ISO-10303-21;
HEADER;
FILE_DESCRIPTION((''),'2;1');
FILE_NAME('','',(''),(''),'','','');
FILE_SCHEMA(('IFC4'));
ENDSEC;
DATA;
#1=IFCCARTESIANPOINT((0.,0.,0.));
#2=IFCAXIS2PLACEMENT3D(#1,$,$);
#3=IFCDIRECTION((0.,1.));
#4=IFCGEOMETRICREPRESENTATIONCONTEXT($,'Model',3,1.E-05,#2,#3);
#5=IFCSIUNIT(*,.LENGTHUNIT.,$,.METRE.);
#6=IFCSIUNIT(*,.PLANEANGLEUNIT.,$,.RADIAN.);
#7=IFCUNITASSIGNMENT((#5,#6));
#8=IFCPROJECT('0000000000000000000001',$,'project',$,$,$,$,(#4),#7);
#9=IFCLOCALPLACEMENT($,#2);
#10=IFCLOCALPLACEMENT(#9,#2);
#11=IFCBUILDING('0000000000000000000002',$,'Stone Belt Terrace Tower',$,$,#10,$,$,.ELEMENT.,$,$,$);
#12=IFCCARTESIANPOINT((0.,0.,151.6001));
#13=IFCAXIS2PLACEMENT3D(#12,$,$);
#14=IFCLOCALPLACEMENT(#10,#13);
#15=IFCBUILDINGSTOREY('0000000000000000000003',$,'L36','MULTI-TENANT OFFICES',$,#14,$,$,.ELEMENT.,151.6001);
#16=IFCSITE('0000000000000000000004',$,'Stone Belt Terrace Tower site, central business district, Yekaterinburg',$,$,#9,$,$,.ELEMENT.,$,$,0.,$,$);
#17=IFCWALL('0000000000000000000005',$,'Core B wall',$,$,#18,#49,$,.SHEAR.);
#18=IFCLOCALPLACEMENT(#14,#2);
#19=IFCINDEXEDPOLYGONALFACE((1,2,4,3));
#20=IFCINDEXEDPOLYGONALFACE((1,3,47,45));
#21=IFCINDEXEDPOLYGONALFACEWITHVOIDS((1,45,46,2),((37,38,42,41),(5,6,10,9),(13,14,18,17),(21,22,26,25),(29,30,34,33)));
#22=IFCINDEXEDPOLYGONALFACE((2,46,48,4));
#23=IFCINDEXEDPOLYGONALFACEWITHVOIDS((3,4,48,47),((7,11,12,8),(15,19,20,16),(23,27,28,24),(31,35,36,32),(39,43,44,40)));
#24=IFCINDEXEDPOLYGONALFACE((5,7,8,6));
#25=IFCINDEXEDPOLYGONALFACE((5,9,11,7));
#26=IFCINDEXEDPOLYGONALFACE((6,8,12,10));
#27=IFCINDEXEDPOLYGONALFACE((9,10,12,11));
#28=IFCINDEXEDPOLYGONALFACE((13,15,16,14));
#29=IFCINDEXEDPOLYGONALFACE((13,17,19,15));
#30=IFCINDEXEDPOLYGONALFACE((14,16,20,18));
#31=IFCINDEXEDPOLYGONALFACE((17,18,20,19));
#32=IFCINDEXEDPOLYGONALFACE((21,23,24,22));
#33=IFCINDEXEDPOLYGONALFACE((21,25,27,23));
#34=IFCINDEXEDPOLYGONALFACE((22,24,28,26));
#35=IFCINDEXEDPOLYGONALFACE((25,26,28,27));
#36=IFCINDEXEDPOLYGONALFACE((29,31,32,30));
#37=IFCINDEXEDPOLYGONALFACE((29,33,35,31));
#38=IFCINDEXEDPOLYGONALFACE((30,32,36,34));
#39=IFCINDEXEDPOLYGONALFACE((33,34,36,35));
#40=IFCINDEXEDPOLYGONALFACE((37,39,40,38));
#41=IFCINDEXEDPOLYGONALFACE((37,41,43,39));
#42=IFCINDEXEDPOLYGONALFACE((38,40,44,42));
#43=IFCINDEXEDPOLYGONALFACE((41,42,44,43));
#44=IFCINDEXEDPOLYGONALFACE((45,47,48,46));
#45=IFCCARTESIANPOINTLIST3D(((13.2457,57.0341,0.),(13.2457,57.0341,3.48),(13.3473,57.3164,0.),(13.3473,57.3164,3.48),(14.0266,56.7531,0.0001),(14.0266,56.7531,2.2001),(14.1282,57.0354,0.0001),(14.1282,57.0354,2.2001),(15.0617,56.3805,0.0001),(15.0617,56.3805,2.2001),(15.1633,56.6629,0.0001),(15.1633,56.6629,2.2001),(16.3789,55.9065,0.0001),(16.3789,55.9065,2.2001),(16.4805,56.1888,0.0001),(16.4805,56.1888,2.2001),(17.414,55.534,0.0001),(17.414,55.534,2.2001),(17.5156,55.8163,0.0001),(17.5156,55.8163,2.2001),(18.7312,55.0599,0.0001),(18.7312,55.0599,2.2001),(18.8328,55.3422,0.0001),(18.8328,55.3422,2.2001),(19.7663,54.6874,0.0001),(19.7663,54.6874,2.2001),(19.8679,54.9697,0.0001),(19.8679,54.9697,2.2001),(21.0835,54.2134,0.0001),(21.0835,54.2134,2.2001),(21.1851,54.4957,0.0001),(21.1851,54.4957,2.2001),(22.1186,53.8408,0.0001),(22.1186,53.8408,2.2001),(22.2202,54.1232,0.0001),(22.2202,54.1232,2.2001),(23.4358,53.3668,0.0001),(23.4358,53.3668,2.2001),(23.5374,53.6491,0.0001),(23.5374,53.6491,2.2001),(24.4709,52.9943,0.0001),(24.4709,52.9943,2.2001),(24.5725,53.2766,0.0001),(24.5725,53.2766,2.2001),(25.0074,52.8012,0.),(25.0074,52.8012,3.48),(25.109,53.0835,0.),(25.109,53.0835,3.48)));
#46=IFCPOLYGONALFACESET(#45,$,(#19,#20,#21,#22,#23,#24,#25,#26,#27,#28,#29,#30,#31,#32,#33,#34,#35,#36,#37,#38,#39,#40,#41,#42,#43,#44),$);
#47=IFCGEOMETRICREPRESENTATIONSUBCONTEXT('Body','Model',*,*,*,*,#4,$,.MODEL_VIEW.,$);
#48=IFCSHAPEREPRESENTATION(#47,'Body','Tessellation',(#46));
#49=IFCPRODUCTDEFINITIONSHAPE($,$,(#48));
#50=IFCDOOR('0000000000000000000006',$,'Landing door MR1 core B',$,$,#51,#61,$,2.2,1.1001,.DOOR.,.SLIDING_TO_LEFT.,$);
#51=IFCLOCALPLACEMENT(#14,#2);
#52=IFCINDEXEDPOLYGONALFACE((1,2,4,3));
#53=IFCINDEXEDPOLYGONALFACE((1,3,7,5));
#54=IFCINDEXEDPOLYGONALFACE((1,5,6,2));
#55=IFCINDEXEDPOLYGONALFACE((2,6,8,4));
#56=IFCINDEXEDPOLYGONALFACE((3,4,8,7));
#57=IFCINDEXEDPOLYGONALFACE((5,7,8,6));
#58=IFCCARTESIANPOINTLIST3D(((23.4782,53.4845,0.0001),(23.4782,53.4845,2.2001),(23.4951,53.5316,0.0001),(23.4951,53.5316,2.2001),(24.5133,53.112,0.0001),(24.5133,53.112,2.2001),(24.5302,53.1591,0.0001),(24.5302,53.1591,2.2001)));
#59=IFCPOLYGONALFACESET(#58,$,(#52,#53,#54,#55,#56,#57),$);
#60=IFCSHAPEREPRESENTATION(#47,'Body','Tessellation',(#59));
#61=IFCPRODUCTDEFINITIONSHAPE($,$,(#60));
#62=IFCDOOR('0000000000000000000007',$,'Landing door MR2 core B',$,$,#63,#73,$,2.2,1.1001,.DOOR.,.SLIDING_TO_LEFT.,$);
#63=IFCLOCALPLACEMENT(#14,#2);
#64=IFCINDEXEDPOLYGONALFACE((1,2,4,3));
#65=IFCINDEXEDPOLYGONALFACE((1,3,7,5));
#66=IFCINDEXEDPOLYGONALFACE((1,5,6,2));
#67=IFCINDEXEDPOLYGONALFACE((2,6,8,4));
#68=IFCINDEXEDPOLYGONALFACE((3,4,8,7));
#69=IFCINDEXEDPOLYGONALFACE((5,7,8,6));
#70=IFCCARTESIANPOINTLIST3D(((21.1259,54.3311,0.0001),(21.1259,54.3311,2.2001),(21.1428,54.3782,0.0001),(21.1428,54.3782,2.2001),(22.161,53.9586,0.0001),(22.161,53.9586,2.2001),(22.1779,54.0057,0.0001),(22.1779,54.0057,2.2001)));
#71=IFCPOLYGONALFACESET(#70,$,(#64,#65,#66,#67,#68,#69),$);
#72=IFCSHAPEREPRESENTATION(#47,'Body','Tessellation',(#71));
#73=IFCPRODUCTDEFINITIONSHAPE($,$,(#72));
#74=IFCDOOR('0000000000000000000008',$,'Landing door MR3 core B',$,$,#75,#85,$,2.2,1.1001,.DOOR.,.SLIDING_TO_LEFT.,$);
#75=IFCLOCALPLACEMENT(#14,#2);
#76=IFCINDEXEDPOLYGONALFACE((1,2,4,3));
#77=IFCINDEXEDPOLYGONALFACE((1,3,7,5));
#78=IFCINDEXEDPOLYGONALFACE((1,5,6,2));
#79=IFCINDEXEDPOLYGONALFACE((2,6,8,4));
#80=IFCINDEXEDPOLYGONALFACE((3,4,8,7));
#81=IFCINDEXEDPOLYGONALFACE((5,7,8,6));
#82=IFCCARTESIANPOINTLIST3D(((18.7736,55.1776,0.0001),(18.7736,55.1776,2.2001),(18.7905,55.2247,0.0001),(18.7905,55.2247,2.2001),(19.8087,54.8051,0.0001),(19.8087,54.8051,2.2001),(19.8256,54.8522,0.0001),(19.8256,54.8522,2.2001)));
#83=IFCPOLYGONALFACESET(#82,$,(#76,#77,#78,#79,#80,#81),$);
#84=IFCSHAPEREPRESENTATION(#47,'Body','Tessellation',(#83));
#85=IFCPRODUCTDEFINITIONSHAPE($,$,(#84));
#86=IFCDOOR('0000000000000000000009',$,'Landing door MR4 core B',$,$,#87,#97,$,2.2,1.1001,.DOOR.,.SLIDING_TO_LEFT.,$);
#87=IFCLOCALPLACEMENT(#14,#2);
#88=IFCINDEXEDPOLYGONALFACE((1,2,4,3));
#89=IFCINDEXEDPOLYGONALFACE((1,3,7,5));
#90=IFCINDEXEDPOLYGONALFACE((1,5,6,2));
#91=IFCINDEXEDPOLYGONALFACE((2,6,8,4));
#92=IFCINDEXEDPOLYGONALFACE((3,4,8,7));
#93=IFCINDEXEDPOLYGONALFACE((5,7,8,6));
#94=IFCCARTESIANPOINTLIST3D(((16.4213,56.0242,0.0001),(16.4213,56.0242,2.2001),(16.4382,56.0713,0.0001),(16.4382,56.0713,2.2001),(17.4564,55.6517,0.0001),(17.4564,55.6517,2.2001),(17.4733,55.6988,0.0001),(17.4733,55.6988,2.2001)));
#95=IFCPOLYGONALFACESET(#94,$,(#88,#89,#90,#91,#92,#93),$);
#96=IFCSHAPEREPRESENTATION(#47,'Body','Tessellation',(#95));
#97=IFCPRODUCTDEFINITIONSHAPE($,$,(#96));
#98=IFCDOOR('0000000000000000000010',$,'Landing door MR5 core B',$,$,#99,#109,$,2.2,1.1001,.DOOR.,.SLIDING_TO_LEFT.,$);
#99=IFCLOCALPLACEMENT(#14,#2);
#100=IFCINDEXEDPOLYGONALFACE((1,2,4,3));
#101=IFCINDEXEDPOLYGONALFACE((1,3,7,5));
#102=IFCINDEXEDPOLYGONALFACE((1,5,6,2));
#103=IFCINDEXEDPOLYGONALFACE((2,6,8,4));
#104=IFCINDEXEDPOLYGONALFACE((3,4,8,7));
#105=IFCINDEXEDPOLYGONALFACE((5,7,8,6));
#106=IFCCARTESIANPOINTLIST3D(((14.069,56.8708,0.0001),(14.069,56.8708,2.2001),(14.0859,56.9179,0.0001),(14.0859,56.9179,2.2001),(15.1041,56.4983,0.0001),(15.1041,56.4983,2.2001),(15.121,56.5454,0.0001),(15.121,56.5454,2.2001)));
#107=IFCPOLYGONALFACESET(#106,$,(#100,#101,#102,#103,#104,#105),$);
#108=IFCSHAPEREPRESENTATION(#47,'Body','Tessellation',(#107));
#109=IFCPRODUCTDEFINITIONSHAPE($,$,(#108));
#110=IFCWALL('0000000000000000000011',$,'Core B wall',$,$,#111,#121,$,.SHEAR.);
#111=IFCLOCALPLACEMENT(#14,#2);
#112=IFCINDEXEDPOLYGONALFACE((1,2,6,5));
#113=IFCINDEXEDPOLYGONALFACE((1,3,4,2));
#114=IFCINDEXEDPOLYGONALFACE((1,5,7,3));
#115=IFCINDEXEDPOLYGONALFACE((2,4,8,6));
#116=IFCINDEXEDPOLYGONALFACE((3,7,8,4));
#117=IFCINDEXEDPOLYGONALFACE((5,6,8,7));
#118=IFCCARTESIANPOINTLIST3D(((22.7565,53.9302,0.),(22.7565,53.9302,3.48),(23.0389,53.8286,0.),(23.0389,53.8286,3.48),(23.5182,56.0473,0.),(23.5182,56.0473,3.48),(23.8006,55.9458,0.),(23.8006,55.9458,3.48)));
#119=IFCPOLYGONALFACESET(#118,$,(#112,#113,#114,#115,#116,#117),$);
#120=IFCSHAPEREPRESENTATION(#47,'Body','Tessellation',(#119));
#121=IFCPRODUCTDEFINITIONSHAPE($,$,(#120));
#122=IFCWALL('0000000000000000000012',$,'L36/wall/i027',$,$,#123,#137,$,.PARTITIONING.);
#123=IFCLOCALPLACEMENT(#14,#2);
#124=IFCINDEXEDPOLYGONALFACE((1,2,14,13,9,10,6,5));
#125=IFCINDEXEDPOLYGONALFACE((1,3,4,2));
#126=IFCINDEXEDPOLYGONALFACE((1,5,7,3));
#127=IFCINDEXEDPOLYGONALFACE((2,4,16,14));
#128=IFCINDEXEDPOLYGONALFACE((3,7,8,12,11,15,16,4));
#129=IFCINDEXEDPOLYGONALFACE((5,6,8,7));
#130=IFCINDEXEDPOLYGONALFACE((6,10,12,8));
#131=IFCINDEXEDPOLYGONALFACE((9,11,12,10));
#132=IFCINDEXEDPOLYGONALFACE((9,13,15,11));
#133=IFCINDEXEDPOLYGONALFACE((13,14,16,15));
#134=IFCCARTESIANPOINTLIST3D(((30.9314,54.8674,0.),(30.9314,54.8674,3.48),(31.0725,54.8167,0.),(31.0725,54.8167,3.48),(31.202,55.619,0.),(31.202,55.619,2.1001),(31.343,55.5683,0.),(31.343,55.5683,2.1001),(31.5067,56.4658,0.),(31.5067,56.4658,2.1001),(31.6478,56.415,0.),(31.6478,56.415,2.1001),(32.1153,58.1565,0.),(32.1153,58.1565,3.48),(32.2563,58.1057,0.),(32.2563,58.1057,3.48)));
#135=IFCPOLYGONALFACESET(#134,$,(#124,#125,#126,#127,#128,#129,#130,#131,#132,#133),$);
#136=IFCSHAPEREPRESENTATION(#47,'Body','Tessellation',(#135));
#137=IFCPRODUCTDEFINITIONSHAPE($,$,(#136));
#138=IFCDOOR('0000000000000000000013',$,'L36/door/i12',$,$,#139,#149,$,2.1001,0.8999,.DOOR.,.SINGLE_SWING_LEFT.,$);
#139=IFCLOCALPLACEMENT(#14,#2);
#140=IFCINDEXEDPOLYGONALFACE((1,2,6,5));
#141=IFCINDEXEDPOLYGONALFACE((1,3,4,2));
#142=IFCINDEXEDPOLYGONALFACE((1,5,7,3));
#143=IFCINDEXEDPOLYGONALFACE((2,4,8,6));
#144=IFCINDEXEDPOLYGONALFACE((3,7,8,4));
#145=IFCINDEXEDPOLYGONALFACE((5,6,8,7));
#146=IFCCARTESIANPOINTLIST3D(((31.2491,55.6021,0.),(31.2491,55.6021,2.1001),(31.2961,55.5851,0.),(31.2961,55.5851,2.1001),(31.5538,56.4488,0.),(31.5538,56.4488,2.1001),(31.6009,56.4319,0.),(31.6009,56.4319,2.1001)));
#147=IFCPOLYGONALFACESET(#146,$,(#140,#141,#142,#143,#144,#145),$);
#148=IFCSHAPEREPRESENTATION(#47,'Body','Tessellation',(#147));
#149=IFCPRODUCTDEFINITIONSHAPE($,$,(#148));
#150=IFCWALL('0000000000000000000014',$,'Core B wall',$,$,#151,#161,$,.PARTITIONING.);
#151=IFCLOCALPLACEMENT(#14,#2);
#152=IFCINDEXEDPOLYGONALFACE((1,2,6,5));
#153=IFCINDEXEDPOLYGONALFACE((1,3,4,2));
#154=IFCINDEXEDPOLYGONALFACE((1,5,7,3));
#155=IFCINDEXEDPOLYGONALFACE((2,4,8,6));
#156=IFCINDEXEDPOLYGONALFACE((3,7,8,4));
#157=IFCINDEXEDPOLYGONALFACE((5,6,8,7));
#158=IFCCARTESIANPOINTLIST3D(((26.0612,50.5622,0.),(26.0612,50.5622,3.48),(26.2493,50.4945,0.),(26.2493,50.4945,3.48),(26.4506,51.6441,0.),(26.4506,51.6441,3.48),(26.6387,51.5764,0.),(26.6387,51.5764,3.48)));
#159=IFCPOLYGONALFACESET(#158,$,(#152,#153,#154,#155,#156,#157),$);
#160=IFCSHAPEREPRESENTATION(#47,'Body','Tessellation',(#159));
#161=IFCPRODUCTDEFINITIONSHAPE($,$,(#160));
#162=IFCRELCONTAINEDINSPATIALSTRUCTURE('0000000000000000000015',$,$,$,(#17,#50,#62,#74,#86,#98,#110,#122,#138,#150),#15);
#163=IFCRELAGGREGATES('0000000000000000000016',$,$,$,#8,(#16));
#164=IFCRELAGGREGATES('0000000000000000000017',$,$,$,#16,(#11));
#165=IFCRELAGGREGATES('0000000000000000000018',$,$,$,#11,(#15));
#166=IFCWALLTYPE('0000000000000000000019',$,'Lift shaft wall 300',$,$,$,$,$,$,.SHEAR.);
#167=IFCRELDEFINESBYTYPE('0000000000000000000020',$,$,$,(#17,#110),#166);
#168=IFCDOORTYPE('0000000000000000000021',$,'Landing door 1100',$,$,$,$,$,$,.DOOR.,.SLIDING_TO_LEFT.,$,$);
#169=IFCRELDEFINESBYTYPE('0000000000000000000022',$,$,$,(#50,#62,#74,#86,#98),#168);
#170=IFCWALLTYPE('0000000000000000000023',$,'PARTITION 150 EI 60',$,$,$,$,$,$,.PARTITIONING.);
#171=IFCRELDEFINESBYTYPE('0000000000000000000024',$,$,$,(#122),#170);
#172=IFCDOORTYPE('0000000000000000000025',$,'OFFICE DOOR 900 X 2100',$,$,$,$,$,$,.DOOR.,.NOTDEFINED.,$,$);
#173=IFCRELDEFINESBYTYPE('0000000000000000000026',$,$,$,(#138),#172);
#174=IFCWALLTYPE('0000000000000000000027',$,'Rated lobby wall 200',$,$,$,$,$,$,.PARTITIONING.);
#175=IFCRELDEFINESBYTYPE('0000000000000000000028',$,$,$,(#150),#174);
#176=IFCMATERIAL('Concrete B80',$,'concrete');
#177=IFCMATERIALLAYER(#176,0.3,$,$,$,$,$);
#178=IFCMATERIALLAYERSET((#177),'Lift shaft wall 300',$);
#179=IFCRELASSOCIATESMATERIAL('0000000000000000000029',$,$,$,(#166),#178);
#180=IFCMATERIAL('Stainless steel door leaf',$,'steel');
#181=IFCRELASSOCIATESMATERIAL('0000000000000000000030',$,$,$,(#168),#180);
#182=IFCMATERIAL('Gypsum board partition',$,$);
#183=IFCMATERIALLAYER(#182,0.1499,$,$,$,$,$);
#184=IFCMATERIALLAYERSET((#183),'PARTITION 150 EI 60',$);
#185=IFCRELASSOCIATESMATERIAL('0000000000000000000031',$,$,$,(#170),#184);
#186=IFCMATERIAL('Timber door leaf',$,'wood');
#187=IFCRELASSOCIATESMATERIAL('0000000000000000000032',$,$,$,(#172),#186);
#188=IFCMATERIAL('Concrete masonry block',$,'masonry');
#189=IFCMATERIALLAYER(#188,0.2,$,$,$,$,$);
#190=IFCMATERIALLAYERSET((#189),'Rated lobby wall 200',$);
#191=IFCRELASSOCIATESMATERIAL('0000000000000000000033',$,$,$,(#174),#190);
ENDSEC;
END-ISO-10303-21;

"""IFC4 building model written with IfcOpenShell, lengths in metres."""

from ifc_helpers import new_model, si_unit, direction, frame, frame_2d, origin, place, context, subcontext, project, spatial, rectangle, extrude, material, layer, layer_set, type_object, element, fill, save


model = new_model("IFC4")

# Units and contexts
model_context = context("Model", 3, precision=1e-05, world=origin(), true_north=direction((0.0, 1.0)))
body_context = subcontext(model_context, "Body", "Model", "MODEL_VIEW")
ifc_project = project(units=[si_unit("LENGTHUNIT", "METRE"), si_unit("PLANEANGLEUNIT", "RADIAN")], contexts=[model_context])

# Site, building, storey
site_placement = place(None, origin())
site = spatial("IfcSite", under=ifc_project, at=site_placement, Name="Stone Belt Terrace Tower site, central business district, Yekaterinburg", CompositionType="ELEMENT", RefElevation=0.0)
building_placement = place(site_placement, origin())
building = spatial("IfcBuilding", under=site, at=building_placement, Name="Stone Belt Terrace Tower", CompositionType="ELEMENT")
storey_placement = place(building_placement, frame((0.0, 0.0, 151.6001)))
storey = spatial("IfcBuildingStorey", under=building, at=storey_placement, Name="L36", Description="MULTI-TENANT OFFICES", CompositionType="ELEMENT", Elevation=151.6001)

# Shared definitions
ifc_material_1 = material(Name="Concrete B80", Category="concrete")

# Shared definitions
ifc_material_2 = material(Name="Timber door leaf", Category="wood")
ifc_layer_1 = layer(ifc_material_1, 0.3)
ifc_layer_set_1 = layer_set([ifc_layer_1], Name="Lift shaft wall 300")
wall_type_1 = type_object("IfcWallType", Name="Lift shaft wall 300", PredefinedType="SHEAR", material=ifc_layer_set_1)
ifc_material_3 = material(Name="Stainless steel door leaf", Category="steel")

# Wall, openings, doors
wall_1_placement = place(storey_placement, frame((25.0581, 52.9424, 0.0), z_axis=(0.0, 0.0, 1.0), x_axis=(-0.940921, 0.338627, 0.0)))
wall_1 = element("IfcWall", 1, at=wall_1_placement, inside=storey, type_object=wall_type_1, Name="Core B wall", PredefinedType="SHEAR", context=body_context, shape_type="SweptSolid", body=[
    extrude(rectangle(XDim=12.5002, YDim=0.3, at=frame_2d((6.25, 0.0))), origin(), (0.0, 0.0, 1.0), 3.48),
])
opening_1_placement = place(wall_1_placement, frame((0.5701, 0.0, 0.0)))
opening_1 = element("IfcOpeningElement", 2, at=opening_1_placement, cuts=wall_1, PredefinedType="OPENING", context=body_context, shape_type="SweptSolid", body=[
    extrude(rectangle(XDim=1.1001, YDim=2.2, at=frame_2d((0.55, 1.1001))), frame((0.0, 0.1599, 0.0), z_axis=(0.0, -1.0, 0.0), x_axis=(1.0, 0.0, 0.0)), (0.0, 0.0, 1.0), 0.3201),
])
opening_2_placement = place(wall_1_placement, frame((3.0701, 0.0, 0.0)))
opening_2 = element("IfcOpeningElement", 3, at=opening_2_placement, cuts=wall_1, PredefinedType="OPENING", context=body_context, shape_type="SweptSolid", body=[
    extrude(rectangle(XDim=1.1001, YDim=2.2, at=frame_2d((0.55, 1.1001))), frame((0.0, 0.1599, 0.0), z_axis=(0.0, -1.0, 0.0), x_axis=(1.0, 0.0, 0.0)), (0.0, 0.0, 1.0), 0.3201),
])
opening_3_placement = place(wall_1_placement, frame((5.5701, 0.0, 0.0)))
opening_3 = element("IfcOpeningElement", 4, at=opening_3_placement, cuts=wall_1, PredefinedType="OPENING", context=body_context, shape_type="SweptSolid", body=[
    extrude(rectangle(XDim=1.1001, YDim=2.2, at=frame_2d((0.55, 1.1001))), frame((0.0, 0.1599, 0.0), z_axis=(0.0, -1.0, 0.0), x_axis=(1.0, 0.0, 0.0)), (0.0, 0.0, 1.0), 0.3201),
])
opening_4_placement = place(wall_1_placement, frame((8.0701, 0.0, 0.0)))
opening_4 = element("IfcOpeningElement", 5, at=opening_4_placement, cuts=wall_1, PredefinedType="OPENING", context=body_context, shape_type="SweptSolid", body=[
    extrude(rectangle(XDim=1.1001, YDim=2.2, at=frame_2d((0.55, 1.1001))), frame((0.0, 0.1599, 0.0), z_axis=(0.0, -1.0, 0.0), x_axis=(1.0, 0.0, 0.0)), (0.0, 0.0, 1.0), 0.3201),
])
opening_5_placement = place(wall_1_placement, frame((10.5701, 0.0, 0.0)))
opening_5 = element("IfcOpeningElement", 6, at=opening_5_placement, cuts=wall_1, PredefinedType="OPENING", context=body_context, shape_type="SweptSolid", body=[
    extrude(rectangle(XDim=1.1001, YDim=2.2, at=frame_2d((0.55, 1.1001))), frame((0.0, 0.1599, 0.0), z_axis=(0.0, -1.0, 0.0), x_axis=(1.0, 0.0, 0.0)), (0.0, 0.0, 1.0), 0.3201),
])
door_type_1 = type_object("IfcDoorType", Name="Landing door 1100", OperationType="SLIDING_TO_LEFT", PredefinedType="DOOR", material=ifc_material_3)
door_1_placement = place(opening_1_placement, origin())
door_1 = element("IfcDoor", 7, at=door_1_placement, inside=storey, type_object=door_type_1, Name="Landing door MR1 core B", OperationType="SLIDING_TO_LEFT", OverallHeight=2.2, OverallWidth=1.1001, PredefinedType="DOOR", context=body_context, shape_type="SweptSolid", body=[
    extrude(rectangle(XDim=1.1001, YDim=2.2, at=frame_2d((0.55, 1.1001))), frame((0.0, 0.0249, 0.0), z_axis=(0.0, -1.0, 0.0), x_axis=(1.0, 0.0, 0.0)), (0.0, 0.0, 1.0), 0.05),
])
fill(opening_1, door_1)
door_2_placement = place(opening_2_placement, origin())
door_2 = element("IfcDoor", 8, at=door_2_placement, inside=storey, type_object=door_type_1, Name="Landing door MR2 core B", OperationType="SLIDING_TO_LEFT", OverallHeight=2.2, OverallWidth=1.1001, PredefinedType="DOOR", context=body_context, shape_type="SweptSolid", body=[
    extrude(rectangle(XDim=1.1001, YDim=2.2, at=frame_2d((0.55, 1.1001))), frame((0.0, 0.0249, 0.0), z_axis=(0.0, -1.0, 0.0), x_axis=(1.0, 0.0, 0.0)), (0.0, 0.0, 1.0), 0.05),
])
fill(opening_2, door_2)
door_3_placement = place(opening_3_placement, origin())
door_3 = element("IfcDoor", 9, at=door_3_placement, inside=storey, type_object=door_type_1, Name="Landing door MR3 core B", OperationType="SLIDING_TO_LEFT", OverallHeight=2.2, OverallWidth=1.1001, PredefinedType="DOOR", context=body_context, shape_type="SweptSolid", body=[
    extrude(rectangle(XDim=1.1001, YDim=2.2, at=frame_2d((0.55, 1.1001))), frame((0.0, 0.0249, 0.0), z_axis=(0.0, -1.0, 0.0), x_axis=(1.0, 0.0, 0.0)), (0.0, 0.0, 1.0), 0.05),
])
fill(opening_3, door_3)
door_4_placement = place(opening_4_placement, origin())
door_4 = element("IfcDoor", 10, at=door_4_placement, inside=storey, type_object=door_type_1, Name="Landing door MR4 core B", OperationType="SLIDING_TO_LEFT", OverallHeight=2.2, OverallWidth=1.1001, PredefinedType="DOOR", context=body_context, shape_type="SweptSolid", body=[
    extrude(rectangle(XDim=1.1001, YDim=2.2, at=frame_2d((0.55, 1.1001))), frame((0.0, 0.0249, 0.0), z_axis=(0.0, -1.0, 0.0), x_axis=(1.0, 0.0, 0.0)), (0.0, 0.0, 1.0), 0.05),
])
fill(opening_4, door_4)
door_5_placement = place(opening_5_placement, origin())
door_5 = element("IfcDoor", 11, at=door_5_placement, inside=storey, type_object=door_type_1, Name="Landing door MR5 core B", OperationType="SLIDING_TO_LEFT", OverallHeight=2.2, OverallWidth=1.1001, PredefinedType="DOOR", context=body_context, shape_type="SweptSolid", body=[
    extrude(rectangle(XDim=1.1001, YDim=2.2, at=frame_2d((0.55, 1.1001))), frame((0.0, 0.0249, 0.0), z_axis=(0.0, -1.0, 0.0), x_axis=(1.0, 0.0, 0.0)), (0.0, 0.0, 1.0), 0.05),
])
fill(opening_5, door_5)

# Wall
wall_2_placement = place(storey_placement, frame((22.8977, 53.8794, 0.0), z_axis=(0.0, 0.0, 1.0), x_axis=(0.338535, 0.940954, 0.0)))
element("IfcWall", 12, at=wall_2_placement, inside=storey, type_object=wall_type_1, Name="Core B wall", PredefinedType="SHEAR", context=body_context, shape_type="SweptSolid", body=[
    extrude(rectangle(XDim=2.25, YDim=0.3, at=frame_2d((1.125, 0.0))), origin(), (0.0, 0.0, 1.0), 3.48),
])

# Wall, opening, door
ifc_material_4 = material(Name="Gypsum board partition")
ifc_layer_2 = layer(ifc_material_4, 0.1499)
ifc_layer_set_2 = layer_set([ifc_layer_2], Name="PARTITION 150 EI 60")
wall_type_2 = type_object("IfcWallType", Name="PARTITION 150 EI 60", PredefinedType="PARTITIONING", material=ifc_layer_set_2)
wall_3_placement = place(storey_placement, frame((31.002, 54.842, 0.0), z_axis=(0.0, 0.0, 1.0), x_axis=(0.338663, 0.940908, 0.0)))
wall_3 = element("IfcWall", 13, at=wall_3_placement, inside=storey, type_object=wall_type_2, Name="L36/wall/i027", PredefinedType="PARTITIONING", context=body_context, shape_type="SweptSolid", body=[
    extrude(rectangle(XDim=3.4956, YDim=0.1499, at=frame_2d((1.7478, 0.0))), origin(), (0.0, 0.0, 1.0), 3.48),
])
opening_6_placement = place(wall_3_placement, frame((0.7988, 0.0, 0.0)))
opening_6 = element("IfcOpeningElement", 14, at=opening_6_placement, cuts=wall_3, PredefinedType="OPENING", context=body_context, shape_type="SweptSolid", body=[
    extrude(rectangle(XDim=0.8999, YDim=2.1001, at=frame_2d((0.45, 1.05))), frame((0.0, 0.085, 0.0), z_axis=(0.0, -1.0, 0.0), x_axis=(1.0, 0.0, 0.0)), (0.0, 0.0, 1.0), 0.1699),
])
door_type_2 = type_object("IfcDoorType", Name="OFFICE DOOR 900 X 2100", OperationType="NOTDEFINED", PredefinedType="DOOR", material=ifc_material_2)
door_6_placement = place(opening_6_placement, origin())
door_6 = element("IfcDoor", 15, at=door_6_placement, inside=storey, type_object=door_type_2, Name="L36/door/i12", OperationType="SINGLE_SWING_LEFT", OverallHeight=2.1001, OverallWidth=0.8999, PredefinedType="DOOR", context=body_context, shape_type="SweptSolid", body=[
    extrude(rectangle(XDim=0.8999, YDim=2.1001, at=frame_2d((0.45, 1.05))), frame((0.0, 0.0249, 0.0), z_axis=(0.0, -1.0, 0.0), x_axis=(1.0, 0.0, 0.0)), (0.0, 0.0, 1.0), 0.05),
])
fill(opening_6, door_6)

# Wall
ifc_material_5 = material(Name="Concrete masonry block", Category="masonry")
ifc_layer_3 = layer(ifc_material_5, 0.2)
ifc_layer_set_3 = layer_set([ifc_layer_3], Name="Rated lobby wall 200")
wall_type_3 = type_object("IfcWallType", Name="Rated lobby wall 200", PredefinedType="PARTITIONING", material=ifc_layer_set_3)
wall_4_placement = place(storey_placement, frame((26.1553, 50.5283, 0.0), z_axis=(0.0, 0.0, 1.0), x_axis=(0.338622, 0.940923, 0.0)))
element("IfcWall", 16, at=wall_4_placement, inside=storey, type_object=wall_type_3, Name="Core B wall", PredefinedType="PARTITIONING", context=body_context, shape_type="SweptSolid", body=[
    extrude(rectangle(XDim=1.1499, YDim=0.2, at=frame_2d((0.575, 0.0))), origin(), (0.0, 0.0, 1.0), 3.48),
])

save(model, "model.ifc")
